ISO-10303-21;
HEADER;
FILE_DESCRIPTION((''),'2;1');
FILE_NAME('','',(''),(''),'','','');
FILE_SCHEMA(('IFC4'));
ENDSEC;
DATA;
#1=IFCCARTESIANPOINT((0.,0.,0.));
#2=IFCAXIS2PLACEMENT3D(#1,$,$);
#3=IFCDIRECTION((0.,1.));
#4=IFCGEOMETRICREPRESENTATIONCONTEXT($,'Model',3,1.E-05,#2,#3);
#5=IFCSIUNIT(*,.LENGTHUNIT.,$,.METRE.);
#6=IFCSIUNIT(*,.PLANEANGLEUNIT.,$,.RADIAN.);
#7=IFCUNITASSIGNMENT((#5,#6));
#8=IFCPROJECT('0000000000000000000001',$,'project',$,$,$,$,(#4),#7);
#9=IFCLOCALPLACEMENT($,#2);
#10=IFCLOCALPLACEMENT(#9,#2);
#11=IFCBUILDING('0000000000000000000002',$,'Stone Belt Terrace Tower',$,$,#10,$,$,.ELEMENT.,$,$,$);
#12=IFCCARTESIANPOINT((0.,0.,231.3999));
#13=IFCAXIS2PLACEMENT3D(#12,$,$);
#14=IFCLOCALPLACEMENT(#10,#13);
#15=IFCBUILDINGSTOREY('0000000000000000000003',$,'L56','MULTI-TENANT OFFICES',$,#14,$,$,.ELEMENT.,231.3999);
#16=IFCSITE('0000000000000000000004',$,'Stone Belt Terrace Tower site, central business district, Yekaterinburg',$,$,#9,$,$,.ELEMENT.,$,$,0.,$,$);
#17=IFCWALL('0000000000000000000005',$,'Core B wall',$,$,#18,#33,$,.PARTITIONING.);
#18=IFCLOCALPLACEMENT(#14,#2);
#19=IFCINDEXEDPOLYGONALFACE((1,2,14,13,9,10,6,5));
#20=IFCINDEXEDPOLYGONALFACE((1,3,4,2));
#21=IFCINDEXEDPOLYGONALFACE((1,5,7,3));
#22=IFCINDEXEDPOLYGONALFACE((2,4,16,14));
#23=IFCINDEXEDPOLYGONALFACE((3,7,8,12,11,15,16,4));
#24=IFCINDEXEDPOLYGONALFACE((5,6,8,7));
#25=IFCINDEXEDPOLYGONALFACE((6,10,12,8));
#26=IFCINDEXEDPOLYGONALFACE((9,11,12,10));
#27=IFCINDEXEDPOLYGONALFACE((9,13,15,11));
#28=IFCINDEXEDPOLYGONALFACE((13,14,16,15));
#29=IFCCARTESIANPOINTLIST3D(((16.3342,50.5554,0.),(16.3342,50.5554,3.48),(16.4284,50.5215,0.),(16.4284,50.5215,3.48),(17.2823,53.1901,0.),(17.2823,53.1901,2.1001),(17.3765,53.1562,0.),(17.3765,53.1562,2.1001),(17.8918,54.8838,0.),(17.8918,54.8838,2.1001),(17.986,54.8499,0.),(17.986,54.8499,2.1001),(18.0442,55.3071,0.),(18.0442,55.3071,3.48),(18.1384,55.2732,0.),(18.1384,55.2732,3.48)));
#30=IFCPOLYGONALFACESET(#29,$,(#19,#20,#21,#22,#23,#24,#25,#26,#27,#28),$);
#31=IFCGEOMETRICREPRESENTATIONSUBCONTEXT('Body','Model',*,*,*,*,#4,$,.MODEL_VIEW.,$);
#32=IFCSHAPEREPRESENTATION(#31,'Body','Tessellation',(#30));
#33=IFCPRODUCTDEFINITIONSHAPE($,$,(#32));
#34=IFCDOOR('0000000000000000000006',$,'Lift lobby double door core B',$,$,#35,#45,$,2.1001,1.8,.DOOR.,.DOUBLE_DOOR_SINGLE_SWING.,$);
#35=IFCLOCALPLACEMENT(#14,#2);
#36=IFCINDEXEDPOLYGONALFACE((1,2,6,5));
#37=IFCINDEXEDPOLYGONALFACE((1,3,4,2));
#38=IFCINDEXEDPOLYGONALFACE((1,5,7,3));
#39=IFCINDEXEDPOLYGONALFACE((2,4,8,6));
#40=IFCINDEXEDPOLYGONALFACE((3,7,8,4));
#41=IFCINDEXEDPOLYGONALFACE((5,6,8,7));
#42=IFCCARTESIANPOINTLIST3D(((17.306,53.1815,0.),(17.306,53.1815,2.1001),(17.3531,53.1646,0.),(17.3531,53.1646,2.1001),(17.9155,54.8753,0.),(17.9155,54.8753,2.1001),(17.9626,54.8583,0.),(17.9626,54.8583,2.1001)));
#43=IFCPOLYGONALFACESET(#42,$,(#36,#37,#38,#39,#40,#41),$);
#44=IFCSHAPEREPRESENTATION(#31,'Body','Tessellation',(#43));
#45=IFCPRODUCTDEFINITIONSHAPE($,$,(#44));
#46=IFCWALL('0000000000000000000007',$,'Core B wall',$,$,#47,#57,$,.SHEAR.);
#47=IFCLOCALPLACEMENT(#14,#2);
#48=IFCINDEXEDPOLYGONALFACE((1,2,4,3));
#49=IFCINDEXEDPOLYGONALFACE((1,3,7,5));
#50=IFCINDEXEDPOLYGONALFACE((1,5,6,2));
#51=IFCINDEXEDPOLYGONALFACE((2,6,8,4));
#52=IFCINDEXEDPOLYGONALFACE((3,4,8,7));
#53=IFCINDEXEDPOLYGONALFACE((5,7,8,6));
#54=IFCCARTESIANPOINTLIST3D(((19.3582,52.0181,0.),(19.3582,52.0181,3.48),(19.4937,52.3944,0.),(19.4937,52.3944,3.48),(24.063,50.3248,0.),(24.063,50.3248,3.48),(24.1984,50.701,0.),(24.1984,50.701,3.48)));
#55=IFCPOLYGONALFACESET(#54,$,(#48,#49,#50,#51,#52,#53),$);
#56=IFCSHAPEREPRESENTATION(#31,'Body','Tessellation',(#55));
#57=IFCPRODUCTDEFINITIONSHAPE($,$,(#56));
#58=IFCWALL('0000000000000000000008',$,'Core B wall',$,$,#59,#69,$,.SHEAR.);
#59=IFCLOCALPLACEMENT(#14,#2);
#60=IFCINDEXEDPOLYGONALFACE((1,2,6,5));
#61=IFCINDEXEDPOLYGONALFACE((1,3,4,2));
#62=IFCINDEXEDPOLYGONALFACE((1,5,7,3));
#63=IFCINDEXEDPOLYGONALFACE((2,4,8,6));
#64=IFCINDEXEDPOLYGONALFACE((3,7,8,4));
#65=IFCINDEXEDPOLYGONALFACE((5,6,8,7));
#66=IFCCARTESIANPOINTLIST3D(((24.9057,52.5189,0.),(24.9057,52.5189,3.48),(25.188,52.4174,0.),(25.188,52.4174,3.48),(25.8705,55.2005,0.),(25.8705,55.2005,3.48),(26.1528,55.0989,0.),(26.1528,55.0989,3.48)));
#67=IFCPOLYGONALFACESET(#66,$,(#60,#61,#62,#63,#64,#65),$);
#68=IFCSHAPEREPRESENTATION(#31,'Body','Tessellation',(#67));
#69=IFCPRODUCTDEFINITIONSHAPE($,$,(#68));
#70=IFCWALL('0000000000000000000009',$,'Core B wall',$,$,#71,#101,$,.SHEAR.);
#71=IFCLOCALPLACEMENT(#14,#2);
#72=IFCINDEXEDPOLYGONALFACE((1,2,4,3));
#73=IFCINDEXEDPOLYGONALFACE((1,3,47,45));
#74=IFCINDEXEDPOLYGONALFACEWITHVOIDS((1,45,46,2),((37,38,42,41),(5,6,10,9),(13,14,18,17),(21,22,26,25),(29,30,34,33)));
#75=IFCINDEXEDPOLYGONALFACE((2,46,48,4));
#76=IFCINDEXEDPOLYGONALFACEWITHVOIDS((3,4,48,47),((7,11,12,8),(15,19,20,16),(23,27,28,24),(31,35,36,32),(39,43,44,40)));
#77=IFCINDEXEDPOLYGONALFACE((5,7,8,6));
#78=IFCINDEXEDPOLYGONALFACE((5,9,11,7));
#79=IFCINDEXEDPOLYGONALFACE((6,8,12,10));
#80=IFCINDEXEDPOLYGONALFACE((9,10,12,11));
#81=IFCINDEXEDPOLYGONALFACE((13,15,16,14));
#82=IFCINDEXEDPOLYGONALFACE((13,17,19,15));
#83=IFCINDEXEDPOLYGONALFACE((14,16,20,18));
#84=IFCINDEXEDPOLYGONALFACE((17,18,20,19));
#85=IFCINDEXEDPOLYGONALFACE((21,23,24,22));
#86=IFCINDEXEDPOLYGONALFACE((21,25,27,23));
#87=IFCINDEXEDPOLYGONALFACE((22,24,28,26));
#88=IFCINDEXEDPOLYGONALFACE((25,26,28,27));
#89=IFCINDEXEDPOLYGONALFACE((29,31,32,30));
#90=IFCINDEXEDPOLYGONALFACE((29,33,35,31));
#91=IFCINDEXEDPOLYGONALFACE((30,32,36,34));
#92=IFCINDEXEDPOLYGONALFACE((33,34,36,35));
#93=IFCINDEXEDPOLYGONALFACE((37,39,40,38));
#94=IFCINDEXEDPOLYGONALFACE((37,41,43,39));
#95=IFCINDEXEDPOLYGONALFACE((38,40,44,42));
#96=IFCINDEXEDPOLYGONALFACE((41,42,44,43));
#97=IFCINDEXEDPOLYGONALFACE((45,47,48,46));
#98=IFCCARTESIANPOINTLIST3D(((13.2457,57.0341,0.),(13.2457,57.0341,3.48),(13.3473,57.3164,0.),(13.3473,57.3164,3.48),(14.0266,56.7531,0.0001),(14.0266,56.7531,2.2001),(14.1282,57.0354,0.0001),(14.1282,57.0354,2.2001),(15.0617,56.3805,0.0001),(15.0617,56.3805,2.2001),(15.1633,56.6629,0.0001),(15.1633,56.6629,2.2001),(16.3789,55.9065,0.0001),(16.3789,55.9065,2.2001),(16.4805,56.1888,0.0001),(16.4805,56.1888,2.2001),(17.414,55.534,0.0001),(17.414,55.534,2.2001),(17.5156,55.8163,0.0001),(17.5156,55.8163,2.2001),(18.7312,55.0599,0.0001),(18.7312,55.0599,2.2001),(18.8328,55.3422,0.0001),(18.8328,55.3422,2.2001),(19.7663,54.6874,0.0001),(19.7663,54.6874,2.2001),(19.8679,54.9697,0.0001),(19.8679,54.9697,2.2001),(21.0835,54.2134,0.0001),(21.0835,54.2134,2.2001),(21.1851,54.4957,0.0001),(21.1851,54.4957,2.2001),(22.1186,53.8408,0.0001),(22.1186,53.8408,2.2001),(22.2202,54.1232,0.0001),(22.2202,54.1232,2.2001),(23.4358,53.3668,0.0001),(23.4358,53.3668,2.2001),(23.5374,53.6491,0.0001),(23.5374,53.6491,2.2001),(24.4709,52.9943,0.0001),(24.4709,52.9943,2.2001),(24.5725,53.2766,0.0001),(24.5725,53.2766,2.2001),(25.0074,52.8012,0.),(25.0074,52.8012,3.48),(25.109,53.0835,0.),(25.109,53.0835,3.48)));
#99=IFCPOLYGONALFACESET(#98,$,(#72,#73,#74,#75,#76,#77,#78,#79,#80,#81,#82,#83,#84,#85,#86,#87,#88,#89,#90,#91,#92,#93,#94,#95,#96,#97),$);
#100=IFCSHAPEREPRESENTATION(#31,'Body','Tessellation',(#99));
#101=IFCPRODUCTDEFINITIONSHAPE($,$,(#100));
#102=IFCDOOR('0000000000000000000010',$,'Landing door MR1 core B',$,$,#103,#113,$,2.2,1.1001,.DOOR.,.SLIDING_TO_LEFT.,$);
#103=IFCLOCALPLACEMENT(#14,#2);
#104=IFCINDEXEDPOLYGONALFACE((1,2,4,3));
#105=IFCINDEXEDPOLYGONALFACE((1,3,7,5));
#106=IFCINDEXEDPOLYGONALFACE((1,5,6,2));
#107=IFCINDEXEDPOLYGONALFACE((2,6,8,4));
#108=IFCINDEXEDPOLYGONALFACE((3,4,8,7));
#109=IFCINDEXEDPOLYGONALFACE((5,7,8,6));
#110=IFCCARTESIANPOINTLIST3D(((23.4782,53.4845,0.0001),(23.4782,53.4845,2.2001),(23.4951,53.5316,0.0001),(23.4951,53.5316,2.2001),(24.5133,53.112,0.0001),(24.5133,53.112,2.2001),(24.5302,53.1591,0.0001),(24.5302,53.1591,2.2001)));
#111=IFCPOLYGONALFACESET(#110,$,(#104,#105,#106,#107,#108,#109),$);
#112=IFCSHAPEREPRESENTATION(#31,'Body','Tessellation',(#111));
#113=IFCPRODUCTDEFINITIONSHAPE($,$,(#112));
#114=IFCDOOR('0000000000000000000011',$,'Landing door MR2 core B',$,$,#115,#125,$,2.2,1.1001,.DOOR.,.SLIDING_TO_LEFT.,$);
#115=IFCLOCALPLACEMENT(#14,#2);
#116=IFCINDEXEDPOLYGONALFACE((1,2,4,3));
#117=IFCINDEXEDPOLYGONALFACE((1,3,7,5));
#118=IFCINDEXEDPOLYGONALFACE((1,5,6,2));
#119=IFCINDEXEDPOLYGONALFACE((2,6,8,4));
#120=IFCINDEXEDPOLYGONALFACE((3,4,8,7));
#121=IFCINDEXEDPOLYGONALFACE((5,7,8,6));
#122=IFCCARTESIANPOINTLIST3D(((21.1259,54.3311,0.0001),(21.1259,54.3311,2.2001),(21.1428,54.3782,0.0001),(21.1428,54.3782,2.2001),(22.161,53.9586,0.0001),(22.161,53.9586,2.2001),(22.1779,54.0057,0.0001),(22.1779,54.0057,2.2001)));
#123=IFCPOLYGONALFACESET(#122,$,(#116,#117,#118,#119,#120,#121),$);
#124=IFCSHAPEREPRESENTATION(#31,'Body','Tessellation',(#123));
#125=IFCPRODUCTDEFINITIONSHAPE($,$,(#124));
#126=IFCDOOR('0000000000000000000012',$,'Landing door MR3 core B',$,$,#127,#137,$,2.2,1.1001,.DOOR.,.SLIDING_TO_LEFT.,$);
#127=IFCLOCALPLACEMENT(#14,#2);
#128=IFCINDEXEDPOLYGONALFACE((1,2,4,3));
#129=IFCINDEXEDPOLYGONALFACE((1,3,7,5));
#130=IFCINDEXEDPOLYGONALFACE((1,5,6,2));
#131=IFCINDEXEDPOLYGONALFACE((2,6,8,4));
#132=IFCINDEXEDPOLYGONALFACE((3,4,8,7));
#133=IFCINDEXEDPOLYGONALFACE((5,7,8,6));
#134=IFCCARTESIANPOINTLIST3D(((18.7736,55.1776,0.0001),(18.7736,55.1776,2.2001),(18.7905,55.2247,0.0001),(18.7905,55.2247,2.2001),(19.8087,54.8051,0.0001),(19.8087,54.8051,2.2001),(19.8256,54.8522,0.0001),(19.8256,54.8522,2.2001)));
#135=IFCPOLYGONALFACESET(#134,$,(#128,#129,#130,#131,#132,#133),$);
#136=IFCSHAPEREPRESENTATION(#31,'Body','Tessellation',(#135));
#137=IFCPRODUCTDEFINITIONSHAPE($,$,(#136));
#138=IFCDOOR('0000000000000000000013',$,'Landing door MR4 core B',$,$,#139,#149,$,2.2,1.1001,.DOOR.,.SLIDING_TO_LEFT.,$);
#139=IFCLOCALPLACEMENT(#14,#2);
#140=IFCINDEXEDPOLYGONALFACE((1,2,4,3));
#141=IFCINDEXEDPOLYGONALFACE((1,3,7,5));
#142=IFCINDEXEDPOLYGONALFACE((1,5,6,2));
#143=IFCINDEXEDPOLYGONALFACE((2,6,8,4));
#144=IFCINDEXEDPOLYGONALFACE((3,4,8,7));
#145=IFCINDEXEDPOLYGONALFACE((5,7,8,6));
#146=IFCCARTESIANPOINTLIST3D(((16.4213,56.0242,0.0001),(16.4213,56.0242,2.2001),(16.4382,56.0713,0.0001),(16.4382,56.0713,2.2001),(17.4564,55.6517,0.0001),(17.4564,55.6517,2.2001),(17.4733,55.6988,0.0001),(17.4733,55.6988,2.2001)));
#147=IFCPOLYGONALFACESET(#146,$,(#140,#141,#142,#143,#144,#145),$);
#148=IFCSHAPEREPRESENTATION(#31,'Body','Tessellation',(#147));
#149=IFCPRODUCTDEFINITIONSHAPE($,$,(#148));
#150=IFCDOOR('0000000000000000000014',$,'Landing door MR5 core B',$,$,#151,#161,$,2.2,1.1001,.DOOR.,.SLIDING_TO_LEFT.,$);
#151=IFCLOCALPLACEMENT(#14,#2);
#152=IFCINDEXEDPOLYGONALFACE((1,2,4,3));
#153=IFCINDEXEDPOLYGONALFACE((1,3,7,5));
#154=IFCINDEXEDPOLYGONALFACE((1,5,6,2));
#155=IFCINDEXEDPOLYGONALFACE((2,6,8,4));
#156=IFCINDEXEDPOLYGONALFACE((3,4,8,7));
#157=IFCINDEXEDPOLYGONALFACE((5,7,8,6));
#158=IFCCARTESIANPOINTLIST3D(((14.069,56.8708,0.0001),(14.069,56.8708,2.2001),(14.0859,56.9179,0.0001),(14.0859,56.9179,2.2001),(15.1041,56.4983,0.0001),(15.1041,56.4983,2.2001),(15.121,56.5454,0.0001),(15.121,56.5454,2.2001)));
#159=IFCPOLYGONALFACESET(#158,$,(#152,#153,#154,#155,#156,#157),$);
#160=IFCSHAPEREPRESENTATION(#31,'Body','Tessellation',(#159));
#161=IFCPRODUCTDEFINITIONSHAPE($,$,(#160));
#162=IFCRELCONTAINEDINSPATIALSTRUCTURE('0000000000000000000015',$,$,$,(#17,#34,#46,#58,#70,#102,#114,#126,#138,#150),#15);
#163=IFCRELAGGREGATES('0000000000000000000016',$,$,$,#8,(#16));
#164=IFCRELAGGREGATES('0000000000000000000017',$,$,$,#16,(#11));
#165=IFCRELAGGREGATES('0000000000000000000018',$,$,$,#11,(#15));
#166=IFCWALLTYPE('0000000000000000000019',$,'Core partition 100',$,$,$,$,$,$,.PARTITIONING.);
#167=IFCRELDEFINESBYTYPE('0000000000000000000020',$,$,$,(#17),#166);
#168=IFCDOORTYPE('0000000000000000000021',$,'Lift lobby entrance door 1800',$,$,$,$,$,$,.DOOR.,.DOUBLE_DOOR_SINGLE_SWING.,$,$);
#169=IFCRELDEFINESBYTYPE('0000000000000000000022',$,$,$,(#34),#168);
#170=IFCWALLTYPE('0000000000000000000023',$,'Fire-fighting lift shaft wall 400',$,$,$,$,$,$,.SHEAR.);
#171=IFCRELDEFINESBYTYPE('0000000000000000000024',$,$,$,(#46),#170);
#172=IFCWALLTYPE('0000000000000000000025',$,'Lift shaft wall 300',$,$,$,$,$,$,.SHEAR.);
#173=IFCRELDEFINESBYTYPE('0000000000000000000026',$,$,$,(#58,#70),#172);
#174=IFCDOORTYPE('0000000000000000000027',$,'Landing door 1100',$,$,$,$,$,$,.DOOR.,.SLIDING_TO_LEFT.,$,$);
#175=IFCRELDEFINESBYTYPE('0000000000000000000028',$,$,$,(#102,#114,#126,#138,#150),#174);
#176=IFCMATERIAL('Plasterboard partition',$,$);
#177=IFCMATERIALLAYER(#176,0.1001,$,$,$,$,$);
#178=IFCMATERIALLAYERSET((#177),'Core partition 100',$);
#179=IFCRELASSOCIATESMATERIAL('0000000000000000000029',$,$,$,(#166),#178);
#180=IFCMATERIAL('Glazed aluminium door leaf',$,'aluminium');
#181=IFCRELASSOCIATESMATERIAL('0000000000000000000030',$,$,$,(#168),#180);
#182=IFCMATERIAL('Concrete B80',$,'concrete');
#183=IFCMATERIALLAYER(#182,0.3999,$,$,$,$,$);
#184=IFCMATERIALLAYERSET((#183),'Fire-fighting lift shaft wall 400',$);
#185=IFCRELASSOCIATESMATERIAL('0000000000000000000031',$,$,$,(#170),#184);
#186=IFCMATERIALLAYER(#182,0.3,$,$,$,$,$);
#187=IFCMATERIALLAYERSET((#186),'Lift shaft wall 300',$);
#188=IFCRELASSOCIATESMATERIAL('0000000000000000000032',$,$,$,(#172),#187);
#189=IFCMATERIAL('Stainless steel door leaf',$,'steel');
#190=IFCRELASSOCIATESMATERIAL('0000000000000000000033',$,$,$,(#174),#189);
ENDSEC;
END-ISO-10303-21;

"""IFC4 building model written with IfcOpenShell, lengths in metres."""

from ifc_helpers import new_model, si_unit, direction, frame, frame_2d, origin, place, context, subcontext, project, spatial, rectangle, extrude, material, layer, layer_set, type_object, element, fill, save


model = new_model("IFC4")

# Units and contexts
model_context = context("Model", 3, precision=1e-05, world=origin(), true_north=direction((0.0, 1.0)))
body_context = subcontext(model_context, "Body", "Model", "MODEL_VIEW")
ifc_project = project(units=[si_unit("LENGTHUNIT", "METRE"), si_unit("PLANEANGLEUNIT", "RADIAN")], contexts=[model_context])

# Site, building, storey
site_placement = place(None, origin())
site = spatial("IfcSite", under=ifc_project, at=site_placement, Name="Stone Belt Terrace Tower site, central business district, Yekaterinburg", CompositionType="ELEMENT", RefElevation=0.0)
building_placement = place(site_placement, origin())
building = spatial("IfcBuilding", under=site, at=building_placement, Name="Stone Belt Terrace Tower", CompositionType="ELEMENT")
storey_placement = place(building_placement, frame((0.0, 0.0, 231.3999)))
storey = spatial("IfcBuildingStorey", under=building, at=storey_placement, Name="L56", Description="MULTI-TENANT OFFICES", CompositionType="ELEMENT", Elevation=231.3999)

# Shared definitions
ifc_material_1 = material(Name="Plasterboard partition")
ifc_layer_1 = layer(ifc_material_1, 0.1001)
ifc_layer_set_1 = layer_set([ifc_layer_1], Name="Core partition 100")
wall_type_1 = type_object("IfcWallType", Name="Core partition 100", PredefinedType="PARTITIONING", material=ifc_layer_set_1)

# Wall, opening, door
wall_1_placement = place(storey_placement, frame((16.3813, 50.5386, 0.0), z_axis=(0.0, 0.0, 1.0), x_axis=(0.338605, 0.940929, 0.0)))
wall_1 = element("IfcWall", 1, at=wall_1_placement, inside=storey, type_object=wall_type_1, Name="Core B wall", PredefinedType="PARTITIONING", context=body_context, shape_type="SweptSolid", body=[
    extrude(rectangle(XDim=5.05, YDim=0.1001, at=frame_2d((2.5249, 0.0))), origin(), (0.0, 0.0, 1.0), 3.48),
])
opening_1_placement = place(wall_1_placement, frame((2.8, 0.0, 0.0)))
opening_1 = element("IfcOpeningElement", 2, at=opening_1_placement, cuts=wall_1, PredefinedType="OPENING", context=body_context, shape_type="SweptSolid", body=[
    extrude(rectangle(XDim=1.8, YDim=2.1001, at=frame_2d((0.8999, 1.05))), frame((0.0, 0.0601, 0.0), z_axis=(0.0, -1.0, 0.0), x_axis=(1.0, 0.0, 0.0)), (0.0, 0.0, 1.0), 0.1201),
])
ifc_material_2 = material(Name="Glazed aluminium door leaf", Category="aluminium")
door_type_1 = type_object("IfcDoorType", Name="Lift lobby entrance door 1800", OperationType="DOUBLE_DOOR_SINGLE_SWING", PredefinedType="DOOR", material=ifc_material_2)
door_1_placement = place(opening_1_placement, origin())
door_1 = element("IfcDoor", 3, at=door_1_placement, inside=storey, type_object=door_type_1, Name="Lift lobby double door core B", OperationType="DOUBLE_DOOR_SINGLE_SWING", OverallHeight=2.1001, OverallWidth=1.8, PredefinedType="DOOR", context=body_context, shape_type="SweptSolid", body=[
    extrude(rectangle(XDim=1.8, YDim=2.1001, at=frame_2d((0.8999, 1.05))), frame((0.0, 0.0249, 0.0), z_axis=(0.0, -1.0, 0.0), x_axis=(1.0, 0.0, 0.0)), (0.0, 0.0, 1.0), 0.05),
])
fill(opening_1, door_1)

# Walls
ifc_material_3 = material(Name="Concrete B80", Category="concrete")
ifc_layer_2 = layer(ifc_material_3, 0.3999)
ifc_layer_set_2 = layer_set([ifc_layer_2], Name="Fire-fighting lift shaft wall 400")
wall_type_2 = type_object("IfcWallType", Name="Fire-fighting lift shaft wall 400", PredefinedType="SHEAR", material=ifc_layer_set_2)
wall_2_placement = place(storey_placement, frame((24.1306, 50.5129, 0.0), z_axis=(0.0, 0.0, 1.0), x_axis=(-0.940912, 0.338652, 0.0)))
element("IfcWall", 4, at=wall_2_placement, inside=storey, type_object=wall_type_2, Name="Core B wall", PredefinedType="SHEAR", context=body_context, shape_type="SweptSolid", body=[
    extrude(rectangle(XDim=5.0002, YDim=0.3999, at=frame_2d((2.5, 0.0))), origin(), (0.0, 0.0, 1.0), 3.48),
])
ifc_layer_3 = layer(ifc_material_3, 0.3)
ifc_layer_set_3 = layer_set([ifc_layer_3], Name="Lift shaft wall 300")
wall_type_3 = type_object("IfcWallType", Name="Lift shaft wall 300", PredefinedType="SHEAR", material=ifc_layer_set_3)
wall_3_placement = place(storey_placement, frame((25.0469, 52.4683, 0.0), z_axis=(0.0, 0.0, 1.0), x_axis=(0.33855, 0.940949, 0.0)))
element("IfcWall", 5, at=wall_3_placement, inside=storey, type_object=wall_type_3, Name="Core B wall", PredefinedType="SHEAR", context=body_context, shape_type="SweptSolid", body=[
    extrude(rectangle(XDim=2.8499, YDim=0.3, at=frame_2d((1.4248, 0.0))), origin(), (0.0, 0.0, 1.0), 3.48),
])

# Wall, openings, doors
wall_4_placement = place(storey_placement, frame((25.0581, 52.9424, 0.0), z_axis=(0.0, 0.0, 1.0), x_axis=(-0.940921, 0.338627, 0.0)))
wall_4 = element("IfcWall", 6, at=wall_4_placement, inside=storey, type_object=wall_type_3, Name="Core B wall", PredefinedType="SHEAR", context=body_context, shape_type="SweptSolid", body=[
    extrude(rectangle(XDim=12.5002, YDim=0.3, at=frame_2d((6.25, 0.0))), origin(), (0.0, 0.0, 1.0), 3.48),
])
opening_2_placement = place(wall_4_placement, frame((0.5701, 0.0, 0.0)))
opening_2 = element("IfcOpeningElement", 7, at=opening_2_placement, cuts=wall_4, PredefinedType="OPENING", context=body_context, shape_type="SweptSolid", body=[
    extrude(rectangle(XDim=1.1001, YDim=2.2, at=frame_2d((0.55, 1.1001))), frame((0.0, 0.1599, 0.0), z_axis=(0.0, -1.0, 0.0), x_axis=(1.0, 0.0, 0.0)), (0.0, 0.0, 1.0), 0.3201),
])
opening_3_placement = place(wall_4_placement, frame((3.0701, 0.0, 0.0)))
opening_3 = element("IfcOpeningElement", 8, at=opening_3_placement, cuts=wall_4, PredefinedType="OPENING", context=body_context, shape_type="SweptSolid", body=[
    extrude(rectangle(XDim=1.1001, YDim=2.2, at=frame_2d((0.55, 1.1001))), frame((0.0, 0.1599, 0.0), z_axis=(0.0, -1.0, 0.0), x_axis=(1.0, 0.0, 0.0)), (0.0, 0.0, 1.0), 0.3201),
])
opening_4_placement = place(wall_4_placement, frame((5.5701, 0.0, 0.0)))
opening_4 = element("IfcOpeningElement", 9, at=opening_4_placement, cuts=wall_4, PredefinedType="OPENING", context=body_context, shape_type="SweptSolid", body=[
    extrude(rectangle(XDim=1.1001, YDim=2.2, at=frame_2d((0.55, 1.1001))), frame((0.0, 0.1599, 0.0), z_axis=(0.0, -1.0, 0.0), x_axis=(1.0, 0.0, 0.0)), (0.0, 0.0, 1.0), 0.3201),
])
opening_5_placement = place(wall_4_placement, frame((8.0701, 0.0, 0.0)))
opening_5 = element("IfcOpeningElement", 10, at=opening_5_placement, cuts=wall_4, PredefinedType="OPENING", context=body_context, shape_type="SweptSolid", body=[
    extrude(rectangle(XDim=1.1001, YDim=2.2, at=frame_2d((0.55, 1.1001))), frame((0.0, 0.1599, 0.0), z_axis=(0.0, -1.0, 0.0), x_axis=(1.0, 0.0, 0.0)), (0.0, 0.0, 1.0), 0.3201),
])
opening_6_placement = place(wall_4_placement, frame((10.5701, 0.0, 0.0)))
opening_6 = element("IfcOpeningElement", 11, at=opening_6_placement, cuts=wall_4, PredefinedType="OPENING", context=body_context, shape_type="SweptSolid", body=[
    extrude(rectangle(XDim=1.1001, YDim=2.2, at=frame_2d((0.55, 1.1001))), frame((0.0, 0.1599, 0.0), z_axis=(0.0, -1.0, 0.0), x_axis=(1.0, 0.0, 0.0)), (0.0, 0.0, 1.0), 0.3201),
])
ifc_material_4 = material(Name="Stainless steel door leaf", Category="steel")
door_type_2 = type_object("IfcDoorType", Name="Landing door 1100", OperationType="SLIDING_TO_LEFT", PredefinedType="DOOR", material=ifc_material_4)
door_2_placement = place(opening_2_placement, origin())
door_2 = element("IfcDoor", 12, at=door_2_placement, inside=storey, type_object=door_type_2, Name="Landing door MR1 core B", OperationType="SLIDING_TO_LEFT", OverallHeight=2.2, OverallWidth=1.1001, PredefinedType="DOOR", context=body_context, shape_type="SweptSolid", body=[
    extrude(rectangle(XDim=1.1001, YDim=2.2, at=frame_2d((0.55, 1.1001))), frame((0.0, 0.0249, 0.0), z_axis=(0.0, -1.0, 0.0), x_axis=(1.0, 0.0, 0.0)), (0.0, 0.0, 1.0), 0.05),
])
fill(opening_2, door_2)
door_3_placement = place(opening_3_placement, origin())
door_3 = element("IfcDoor", 13, at=door_3_placement, inside=storey, type_object=door_type_2, Name="Landing door MR2 core B", OperationType="SLIDING_TO_LEFT", OverallHeight=2.2, OverallWidth=1.1001, PredefinedType="DOOR", context=body_context, shape_type="SweptSolid", body=[
    extrude(rectangle(XDim=1.1001, YDim=2.2, at=frame_2d((0.55, 1.1001))), frame((0.0, 0.0249, 0.0), z_axis=(0.0, -1.0, 0.0), x_axis=(1.0, 0.0, 0.0)), (0.0, 0.0, 1.0), 0.05),
])
fill(opening_3, door_3)
door_4_placement = place(opening_4_placement, origin())
door_4 = element("IfcDoor", 14, at=door_4_placement, inside=storey, type_object=door_type_2, Name="Landing door MR3 core B", OperationType="SLIDING_TO_LEFT", OverallHeight=2.2, OverallWidth=1.1001, PredefinedType="DOOR", context=body_context, shape_type="SweptSolid", body=[
    extrude(rectangle(XDim=1.1001, YDim=2.2, at=frame_2d((0.55, 1.1001))), frame((0.0, 0.0249, 0.0), z_axis=(0.0, -1.0, 0.0), x_axis=(1.0, 0.0, 0.0)), (0.0, 0.0, 1.0), 0.05),
])
fill(opening_4, door_4)
door_5_placement = place(opening_5_placement, origin())
door_5 = element("IfcDoor", 15, at=door_5_placement, inside=storey, type_object=door_type_2, Name="Landing door MR4 core B", OperationType="SLIDING_TO_LEFT", OverallHeight=2.2, OverallWidth=1.1001, PredefinedType="DOOR", context=body_context, shape_type="SweptSolid", body=[
    extrude(rectangle(XDim=1.1001, YDim=2.2, at=frame_2d((0.55, 1.1001))), frame((0.0, 0.0249, 0.0), z_axis=(0.0, -1.0, 0.0), x_axis=(1.0, 0.0, 0.0)), (0.0, 0.0, 1.0), 0.05),
])
fill(opening_5, door_5)
door_6_placement = place(opening_6_placement, origin())
door_6 = element("IfcDoor", 16, at=door_6_placement, inside=storey, type_object=door_type_2, Name="Landing door MR5 core B", OperationType="SLIDING_TO_LEFT", OverallHeight=2.2, OverallWidth=1.1001, PredefinedType="DOOR", context=body_context, shape_type="SweptSolid", body=[
    extrude(rectangle(XDim=1.1001, YDim=2.2, at=frame_2d((0.55, 1.1001))), frame((0.0, 0.0249, 0.0), z_axis=(0.0, -1.0, 0.0), x_axis=(1.0, 0.0, 0.0)), (0.0, 0.0, 1.0), 0.05),
])
fill(opening_6, door_6)

save(model, "model.ifc")
